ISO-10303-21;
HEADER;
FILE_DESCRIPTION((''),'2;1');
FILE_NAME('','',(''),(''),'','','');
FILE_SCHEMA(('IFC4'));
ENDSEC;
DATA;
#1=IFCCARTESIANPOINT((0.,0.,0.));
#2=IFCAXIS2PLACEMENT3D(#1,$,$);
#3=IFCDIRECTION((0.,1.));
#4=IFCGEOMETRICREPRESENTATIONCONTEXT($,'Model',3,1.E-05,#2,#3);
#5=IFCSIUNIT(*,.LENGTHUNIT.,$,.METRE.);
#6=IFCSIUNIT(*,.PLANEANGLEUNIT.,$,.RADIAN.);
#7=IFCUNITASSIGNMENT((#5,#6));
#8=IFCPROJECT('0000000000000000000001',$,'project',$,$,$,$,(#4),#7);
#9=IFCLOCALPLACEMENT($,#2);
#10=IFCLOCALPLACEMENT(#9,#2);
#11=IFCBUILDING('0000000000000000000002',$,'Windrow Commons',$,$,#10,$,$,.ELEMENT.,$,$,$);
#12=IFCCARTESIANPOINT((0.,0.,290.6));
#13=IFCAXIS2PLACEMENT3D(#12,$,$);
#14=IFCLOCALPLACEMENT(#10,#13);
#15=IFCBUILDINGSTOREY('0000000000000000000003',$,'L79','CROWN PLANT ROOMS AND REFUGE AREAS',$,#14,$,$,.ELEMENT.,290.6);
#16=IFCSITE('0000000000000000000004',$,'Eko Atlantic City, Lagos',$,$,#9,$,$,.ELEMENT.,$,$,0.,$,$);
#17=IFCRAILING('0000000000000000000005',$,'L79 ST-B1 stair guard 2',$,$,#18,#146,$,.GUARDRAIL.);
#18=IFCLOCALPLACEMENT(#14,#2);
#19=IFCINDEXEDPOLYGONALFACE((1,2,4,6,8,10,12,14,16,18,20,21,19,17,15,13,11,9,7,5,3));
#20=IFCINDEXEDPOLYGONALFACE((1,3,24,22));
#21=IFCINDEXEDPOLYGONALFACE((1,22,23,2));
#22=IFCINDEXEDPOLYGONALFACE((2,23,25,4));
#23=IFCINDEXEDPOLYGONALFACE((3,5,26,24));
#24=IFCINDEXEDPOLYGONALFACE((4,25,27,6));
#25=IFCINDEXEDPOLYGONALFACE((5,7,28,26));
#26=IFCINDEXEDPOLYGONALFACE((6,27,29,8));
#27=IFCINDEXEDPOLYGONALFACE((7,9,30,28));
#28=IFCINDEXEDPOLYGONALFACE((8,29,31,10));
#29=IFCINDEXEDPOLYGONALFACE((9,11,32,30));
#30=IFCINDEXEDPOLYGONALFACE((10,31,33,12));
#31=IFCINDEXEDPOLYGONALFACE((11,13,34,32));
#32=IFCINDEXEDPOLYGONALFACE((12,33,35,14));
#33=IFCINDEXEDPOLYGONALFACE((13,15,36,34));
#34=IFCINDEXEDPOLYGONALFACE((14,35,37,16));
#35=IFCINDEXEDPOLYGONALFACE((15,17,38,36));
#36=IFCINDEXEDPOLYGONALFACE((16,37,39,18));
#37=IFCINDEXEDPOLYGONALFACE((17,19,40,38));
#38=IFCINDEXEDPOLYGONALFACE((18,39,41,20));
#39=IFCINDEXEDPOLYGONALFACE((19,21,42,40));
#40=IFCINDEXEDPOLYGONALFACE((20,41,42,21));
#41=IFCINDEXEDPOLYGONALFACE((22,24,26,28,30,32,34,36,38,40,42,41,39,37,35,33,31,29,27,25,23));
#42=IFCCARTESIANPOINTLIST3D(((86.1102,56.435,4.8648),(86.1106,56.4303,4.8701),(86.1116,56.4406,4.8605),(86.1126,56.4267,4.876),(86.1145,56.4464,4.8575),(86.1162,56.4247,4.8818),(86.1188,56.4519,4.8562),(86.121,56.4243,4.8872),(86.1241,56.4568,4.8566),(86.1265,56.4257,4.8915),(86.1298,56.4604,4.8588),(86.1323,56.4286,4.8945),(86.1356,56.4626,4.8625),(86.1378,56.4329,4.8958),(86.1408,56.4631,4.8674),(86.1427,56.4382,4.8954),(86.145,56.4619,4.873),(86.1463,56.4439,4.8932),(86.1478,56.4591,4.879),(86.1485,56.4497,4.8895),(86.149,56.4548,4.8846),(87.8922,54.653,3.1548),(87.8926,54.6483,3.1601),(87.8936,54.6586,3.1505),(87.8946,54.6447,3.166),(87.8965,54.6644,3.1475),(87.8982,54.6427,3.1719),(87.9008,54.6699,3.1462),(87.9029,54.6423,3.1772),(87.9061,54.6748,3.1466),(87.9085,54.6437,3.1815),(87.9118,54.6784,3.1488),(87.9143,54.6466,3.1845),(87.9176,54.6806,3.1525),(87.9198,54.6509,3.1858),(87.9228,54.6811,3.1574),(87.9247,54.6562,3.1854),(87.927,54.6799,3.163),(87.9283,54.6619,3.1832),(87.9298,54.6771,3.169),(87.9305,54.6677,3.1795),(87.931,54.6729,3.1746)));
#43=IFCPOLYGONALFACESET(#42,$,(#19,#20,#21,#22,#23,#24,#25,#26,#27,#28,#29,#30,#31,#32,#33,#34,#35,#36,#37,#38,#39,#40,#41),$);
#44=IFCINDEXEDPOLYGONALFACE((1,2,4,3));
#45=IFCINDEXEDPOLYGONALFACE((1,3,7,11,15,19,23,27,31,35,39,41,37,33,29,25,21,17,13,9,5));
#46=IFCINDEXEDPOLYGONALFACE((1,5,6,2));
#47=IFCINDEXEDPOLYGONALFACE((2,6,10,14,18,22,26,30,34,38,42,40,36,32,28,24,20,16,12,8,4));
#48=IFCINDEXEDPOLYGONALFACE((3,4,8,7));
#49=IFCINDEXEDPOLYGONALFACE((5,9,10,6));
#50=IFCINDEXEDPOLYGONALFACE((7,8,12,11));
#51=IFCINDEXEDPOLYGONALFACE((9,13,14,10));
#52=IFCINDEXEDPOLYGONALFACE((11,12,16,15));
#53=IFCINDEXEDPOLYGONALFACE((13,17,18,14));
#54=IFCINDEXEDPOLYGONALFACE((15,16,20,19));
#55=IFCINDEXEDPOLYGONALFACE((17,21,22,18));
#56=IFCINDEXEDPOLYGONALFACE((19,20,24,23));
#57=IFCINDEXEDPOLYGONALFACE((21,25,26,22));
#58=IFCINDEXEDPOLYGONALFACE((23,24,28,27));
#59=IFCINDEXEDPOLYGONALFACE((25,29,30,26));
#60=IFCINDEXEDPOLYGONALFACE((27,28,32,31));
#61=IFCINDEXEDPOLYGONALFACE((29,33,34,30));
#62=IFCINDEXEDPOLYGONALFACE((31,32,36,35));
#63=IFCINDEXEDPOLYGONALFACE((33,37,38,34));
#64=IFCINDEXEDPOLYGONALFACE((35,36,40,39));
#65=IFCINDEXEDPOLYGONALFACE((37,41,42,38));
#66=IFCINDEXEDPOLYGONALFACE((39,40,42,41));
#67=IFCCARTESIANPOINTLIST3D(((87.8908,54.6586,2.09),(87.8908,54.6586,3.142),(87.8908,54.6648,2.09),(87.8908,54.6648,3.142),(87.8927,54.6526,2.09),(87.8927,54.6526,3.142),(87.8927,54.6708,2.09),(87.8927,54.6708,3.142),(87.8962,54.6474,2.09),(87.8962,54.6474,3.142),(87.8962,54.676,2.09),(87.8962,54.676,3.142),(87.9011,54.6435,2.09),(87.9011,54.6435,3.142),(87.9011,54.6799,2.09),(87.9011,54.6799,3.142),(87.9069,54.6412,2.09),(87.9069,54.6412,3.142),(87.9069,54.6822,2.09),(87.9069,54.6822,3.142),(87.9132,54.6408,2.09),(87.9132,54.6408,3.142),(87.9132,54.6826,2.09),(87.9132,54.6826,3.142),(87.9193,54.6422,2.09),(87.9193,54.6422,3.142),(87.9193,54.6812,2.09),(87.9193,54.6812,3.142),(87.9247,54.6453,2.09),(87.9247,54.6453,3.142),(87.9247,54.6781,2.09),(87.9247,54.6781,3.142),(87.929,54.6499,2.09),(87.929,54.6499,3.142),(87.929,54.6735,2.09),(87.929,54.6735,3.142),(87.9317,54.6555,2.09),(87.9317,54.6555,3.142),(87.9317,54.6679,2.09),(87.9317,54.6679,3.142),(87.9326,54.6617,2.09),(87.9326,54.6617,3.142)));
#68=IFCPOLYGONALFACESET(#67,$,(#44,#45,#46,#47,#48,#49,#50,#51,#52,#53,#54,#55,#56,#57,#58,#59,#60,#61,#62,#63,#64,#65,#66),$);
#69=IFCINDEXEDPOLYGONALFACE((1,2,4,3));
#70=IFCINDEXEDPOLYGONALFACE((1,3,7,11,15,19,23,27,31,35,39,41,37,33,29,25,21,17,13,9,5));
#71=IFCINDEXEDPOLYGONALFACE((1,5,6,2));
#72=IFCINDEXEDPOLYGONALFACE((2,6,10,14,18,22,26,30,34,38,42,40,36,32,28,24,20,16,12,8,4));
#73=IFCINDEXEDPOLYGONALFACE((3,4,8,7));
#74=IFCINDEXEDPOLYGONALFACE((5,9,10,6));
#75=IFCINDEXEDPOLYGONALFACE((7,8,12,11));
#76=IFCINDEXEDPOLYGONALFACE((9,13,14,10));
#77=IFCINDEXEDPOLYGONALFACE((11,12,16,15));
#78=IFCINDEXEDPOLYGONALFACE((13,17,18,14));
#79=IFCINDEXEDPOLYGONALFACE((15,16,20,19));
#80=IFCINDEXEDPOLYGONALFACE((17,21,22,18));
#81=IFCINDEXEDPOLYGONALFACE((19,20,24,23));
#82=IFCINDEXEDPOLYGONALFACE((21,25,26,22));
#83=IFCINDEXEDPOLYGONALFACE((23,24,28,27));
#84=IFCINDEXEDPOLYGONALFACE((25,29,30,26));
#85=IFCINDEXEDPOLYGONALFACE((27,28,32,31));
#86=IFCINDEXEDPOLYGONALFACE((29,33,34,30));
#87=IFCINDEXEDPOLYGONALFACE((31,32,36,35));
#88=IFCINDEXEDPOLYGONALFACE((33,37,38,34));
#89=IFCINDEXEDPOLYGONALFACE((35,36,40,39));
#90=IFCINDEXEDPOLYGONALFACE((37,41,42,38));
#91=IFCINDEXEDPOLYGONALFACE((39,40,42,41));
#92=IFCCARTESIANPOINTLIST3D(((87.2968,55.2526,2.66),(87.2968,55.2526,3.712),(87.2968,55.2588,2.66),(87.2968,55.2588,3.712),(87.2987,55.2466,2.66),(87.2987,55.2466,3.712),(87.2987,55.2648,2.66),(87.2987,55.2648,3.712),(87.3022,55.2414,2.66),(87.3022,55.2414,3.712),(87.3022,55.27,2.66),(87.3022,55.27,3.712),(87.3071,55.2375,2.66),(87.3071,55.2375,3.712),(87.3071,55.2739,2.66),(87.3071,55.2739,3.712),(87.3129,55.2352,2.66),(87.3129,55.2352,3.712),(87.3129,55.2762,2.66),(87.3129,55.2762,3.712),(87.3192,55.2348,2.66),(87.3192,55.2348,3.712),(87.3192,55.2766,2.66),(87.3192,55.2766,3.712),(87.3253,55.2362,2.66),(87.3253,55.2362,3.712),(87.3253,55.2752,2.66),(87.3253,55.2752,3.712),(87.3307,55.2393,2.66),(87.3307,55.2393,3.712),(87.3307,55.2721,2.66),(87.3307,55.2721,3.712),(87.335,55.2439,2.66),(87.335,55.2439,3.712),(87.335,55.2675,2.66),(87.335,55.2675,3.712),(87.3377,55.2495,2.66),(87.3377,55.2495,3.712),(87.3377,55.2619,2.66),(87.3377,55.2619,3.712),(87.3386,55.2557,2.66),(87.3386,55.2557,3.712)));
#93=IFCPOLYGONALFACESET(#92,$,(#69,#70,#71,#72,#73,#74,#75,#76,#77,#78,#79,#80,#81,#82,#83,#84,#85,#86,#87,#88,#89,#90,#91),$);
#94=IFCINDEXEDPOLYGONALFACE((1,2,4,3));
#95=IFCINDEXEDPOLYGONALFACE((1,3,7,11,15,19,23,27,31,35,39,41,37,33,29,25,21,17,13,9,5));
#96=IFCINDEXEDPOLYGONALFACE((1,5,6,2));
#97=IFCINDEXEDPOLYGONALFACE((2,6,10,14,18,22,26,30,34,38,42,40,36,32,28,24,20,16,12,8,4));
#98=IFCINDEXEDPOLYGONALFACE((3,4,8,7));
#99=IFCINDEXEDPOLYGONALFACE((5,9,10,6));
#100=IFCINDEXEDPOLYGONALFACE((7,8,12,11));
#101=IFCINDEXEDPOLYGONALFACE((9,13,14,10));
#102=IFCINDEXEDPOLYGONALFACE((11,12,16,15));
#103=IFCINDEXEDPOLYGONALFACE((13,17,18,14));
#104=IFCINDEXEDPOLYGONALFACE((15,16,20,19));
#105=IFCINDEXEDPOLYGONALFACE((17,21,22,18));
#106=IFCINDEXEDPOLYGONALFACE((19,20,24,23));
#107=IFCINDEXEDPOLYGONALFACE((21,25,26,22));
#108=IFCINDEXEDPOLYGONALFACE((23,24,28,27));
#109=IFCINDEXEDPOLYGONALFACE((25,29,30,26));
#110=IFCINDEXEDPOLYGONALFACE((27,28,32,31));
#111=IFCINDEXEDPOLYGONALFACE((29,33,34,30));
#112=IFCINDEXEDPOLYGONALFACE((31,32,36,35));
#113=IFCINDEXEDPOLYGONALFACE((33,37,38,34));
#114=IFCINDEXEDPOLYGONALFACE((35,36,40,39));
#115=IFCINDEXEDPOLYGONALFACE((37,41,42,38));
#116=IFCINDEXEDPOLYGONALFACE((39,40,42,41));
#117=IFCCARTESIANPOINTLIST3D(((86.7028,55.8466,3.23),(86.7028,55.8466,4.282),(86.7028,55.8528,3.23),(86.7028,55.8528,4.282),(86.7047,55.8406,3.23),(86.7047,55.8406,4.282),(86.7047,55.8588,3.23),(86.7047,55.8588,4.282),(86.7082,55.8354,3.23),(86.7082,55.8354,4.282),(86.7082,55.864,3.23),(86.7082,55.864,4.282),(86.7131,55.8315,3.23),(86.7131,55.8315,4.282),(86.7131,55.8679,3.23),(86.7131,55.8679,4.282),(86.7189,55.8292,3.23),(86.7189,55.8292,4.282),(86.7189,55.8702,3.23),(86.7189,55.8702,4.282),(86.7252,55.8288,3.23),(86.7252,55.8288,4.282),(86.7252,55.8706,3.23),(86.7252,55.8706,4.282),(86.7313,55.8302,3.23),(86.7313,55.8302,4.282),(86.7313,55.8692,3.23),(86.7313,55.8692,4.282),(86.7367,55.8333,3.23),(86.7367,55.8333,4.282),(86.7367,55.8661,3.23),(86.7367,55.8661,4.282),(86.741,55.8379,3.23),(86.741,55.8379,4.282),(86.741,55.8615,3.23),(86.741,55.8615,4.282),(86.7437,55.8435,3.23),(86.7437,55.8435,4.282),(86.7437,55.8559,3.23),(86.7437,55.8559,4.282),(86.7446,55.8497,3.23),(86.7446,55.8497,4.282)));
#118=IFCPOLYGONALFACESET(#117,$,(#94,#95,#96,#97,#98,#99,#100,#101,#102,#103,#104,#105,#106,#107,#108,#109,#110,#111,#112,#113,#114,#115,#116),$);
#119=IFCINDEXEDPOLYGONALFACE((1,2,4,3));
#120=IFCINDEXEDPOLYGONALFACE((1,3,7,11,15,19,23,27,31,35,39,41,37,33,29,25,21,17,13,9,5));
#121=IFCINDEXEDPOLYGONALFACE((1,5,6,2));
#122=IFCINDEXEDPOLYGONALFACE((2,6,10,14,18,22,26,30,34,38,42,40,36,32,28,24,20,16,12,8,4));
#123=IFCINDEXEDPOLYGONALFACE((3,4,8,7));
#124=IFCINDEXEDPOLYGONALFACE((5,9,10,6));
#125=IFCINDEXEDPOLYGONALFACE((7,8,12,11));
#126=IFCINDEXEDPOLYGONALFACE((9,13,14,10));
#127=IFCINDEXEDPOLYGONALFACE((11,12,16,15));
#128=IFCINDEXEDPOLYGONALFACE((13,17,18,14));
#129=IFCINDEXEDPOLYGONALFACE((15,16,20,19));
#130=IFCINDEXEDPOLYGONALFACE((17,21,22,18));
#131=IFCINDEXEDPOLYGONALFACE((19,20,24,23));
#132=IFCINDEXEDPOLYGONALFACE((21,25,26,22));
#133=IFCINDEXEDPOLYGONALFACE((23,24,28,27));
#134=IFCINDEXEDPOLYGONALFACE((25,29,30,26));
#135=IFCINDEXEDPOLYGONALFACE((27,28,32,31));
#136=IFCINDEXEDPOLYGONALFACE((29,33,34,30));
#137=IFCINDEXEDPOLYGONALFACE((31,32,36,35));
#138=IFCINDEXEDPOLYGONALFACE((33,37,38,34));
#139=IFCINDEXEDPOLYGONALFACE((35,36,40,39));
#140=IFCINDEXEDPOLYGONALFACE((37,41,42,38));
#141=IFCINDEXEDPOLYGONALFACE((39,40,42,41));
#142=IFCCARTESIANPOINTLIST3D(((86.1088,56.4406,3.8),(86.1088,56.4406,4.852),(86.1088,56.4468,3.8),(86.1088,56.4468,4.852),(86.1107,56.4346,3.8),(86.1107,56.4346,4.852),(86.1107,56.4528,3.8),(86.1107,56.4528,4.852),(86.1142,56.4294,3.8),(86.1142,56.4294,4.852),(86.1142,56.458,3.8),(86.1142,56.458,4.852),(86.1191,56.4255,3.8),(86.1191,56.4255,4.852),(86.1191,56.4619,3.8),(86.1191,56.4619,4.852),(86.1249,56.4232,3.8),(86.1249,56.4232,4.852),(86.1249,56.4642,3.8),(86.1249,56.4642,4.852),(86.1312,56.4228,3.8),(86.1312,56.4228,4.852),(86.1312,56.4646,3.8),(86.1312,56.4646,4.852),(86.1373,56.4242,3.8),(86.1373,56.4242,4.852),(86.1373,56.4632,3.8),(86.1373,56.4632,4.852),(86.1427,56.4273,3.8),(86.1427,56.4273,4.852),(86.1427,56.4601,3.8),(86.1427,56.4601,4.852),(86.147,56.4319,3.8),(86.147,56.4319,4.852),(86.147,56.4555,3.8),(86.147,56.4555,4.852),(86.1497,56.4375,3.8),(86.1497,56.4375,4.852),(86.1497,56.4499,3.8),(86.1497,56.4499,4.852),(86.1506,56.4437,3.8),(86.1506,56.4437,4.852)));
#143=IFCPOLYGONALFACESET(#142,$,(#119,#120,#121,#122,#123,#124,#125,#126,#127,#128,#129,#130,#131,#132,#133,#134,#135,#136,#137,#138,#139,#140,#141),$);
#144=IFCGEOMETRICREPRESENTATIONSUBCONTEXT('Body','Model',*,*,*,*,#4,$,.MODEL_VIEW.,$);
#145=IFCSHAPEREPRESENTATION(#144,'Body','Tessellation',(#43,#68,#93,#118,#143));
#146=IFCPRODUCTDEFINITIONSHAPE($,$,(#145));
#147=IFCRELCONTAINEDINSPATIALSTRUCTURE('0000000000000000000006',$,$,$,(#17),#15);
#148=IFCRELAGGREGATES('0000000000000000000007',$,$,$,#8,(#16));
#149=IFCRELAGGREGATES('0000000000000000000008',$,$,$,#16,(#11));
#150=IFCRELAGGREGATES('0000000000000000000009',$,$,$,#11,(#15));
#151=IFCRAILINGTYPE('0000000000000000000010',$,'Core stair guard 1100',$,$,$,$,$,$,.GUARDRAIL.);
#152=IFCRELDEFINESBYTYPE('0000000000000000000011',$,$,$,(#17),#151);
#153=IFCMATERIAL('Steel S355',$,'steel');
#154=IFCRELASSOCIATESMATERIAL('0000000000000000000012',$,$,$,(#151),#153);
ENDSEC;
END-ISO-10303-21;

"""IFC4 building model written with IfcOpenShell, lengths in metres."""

from ifc_helpers import new_model, si_unit, direction, frame, origin, origin_2d, place, context, subcontext, project, spatial, circle, extrude, material, type_object, element, save


model = new_model("IFC4")

# Units and contexts
model_context = context("Model", 3, precision=1e-05, world=origin(), true_north=direction((0.0, 1.0)))
body_context = subcontext(model_context, "Body", "Model", "MODEL_VIEW")
ifc_project = project(units=[si_unit("LENGTHUNIT", "METRE"), si_unit("PLANEANGLEUNIT", "RADIAN")], contexts=[model_context])

# Site, building, storey
site_placement = place(None, origin())
site = spatial("IfcSite", under=ifc_project, at=site_placement, Name="Eko Atlantic City, Lagos", CompositionType="ELEMENT", RefElevation=0.0)
building_placement = place(site_placement, origin())
building = spatial("IfcBuilding", under=site, at=building_placement, Name="Windrow Commons", CompositionType="ELEMENT")
storey_placement = place(building_placement, frame((0.0, 0.0, 290.6)))
storey = spatial("IfcBuildingStorey", under=building, at=storey_placement, Name="L79", Description="CROWN PLANT ROOMS AND REFUGE AREAS", CompositionType="ELEMENT", Elevation=290.6)

# Railing
ifc_material_1 = material(Name="Steel S355", Category="steel")
railing_type_1 = type_object("IfcRailingType", Name="Core stair guard 1100", PredefinedType="GUARDRAIL", material=ifc_material_1)
railing_1_placement = place(storey_placement, frame((87.9116, 54.6617, 2.09)))
element("IfcRailing", 1, at=railing_1_placement, inside=storey, type_object=railing_type_1, Name="L79 ST-B1 stair guard 2", PredefinedType="GUARDRAIL", context=body_context, shape_type="SweptSolid", body=[
    extrude(circle(Radius=0.024, at=origin_2d()), frame((0.0, 0.0, 1.076), z_axis=(-0.585123, 0.585123, 0.561482), x_axis=(-0.707107, -0.707107, 0.0)), (0.0, 0.0, 1.0), 3.0455),
    extrude(circle(Radius=0.021, at=origin_2d()), origin(), (0.0, 0.0, 1.0), 1.052),
    extrude(circle(Radius=0.021, at=origin_2d()), frame((-0.594, 0.594, 0.57)), (0.0, 0.0, 1.0), 1.052),
    extrude(circle(Radius=0.021, at=origin_2d()), frame((-1.188, 1.188, 1.14)), (0.0, 0.0, 1.0), 1.052),
    extrude(circle(Radius=0.021, at=origin_2d()), frame((-1.782, 1.782, 1.71)), (0.0, 0.0, 1.0), 1.052),
])

save(model, "model.ifc")
